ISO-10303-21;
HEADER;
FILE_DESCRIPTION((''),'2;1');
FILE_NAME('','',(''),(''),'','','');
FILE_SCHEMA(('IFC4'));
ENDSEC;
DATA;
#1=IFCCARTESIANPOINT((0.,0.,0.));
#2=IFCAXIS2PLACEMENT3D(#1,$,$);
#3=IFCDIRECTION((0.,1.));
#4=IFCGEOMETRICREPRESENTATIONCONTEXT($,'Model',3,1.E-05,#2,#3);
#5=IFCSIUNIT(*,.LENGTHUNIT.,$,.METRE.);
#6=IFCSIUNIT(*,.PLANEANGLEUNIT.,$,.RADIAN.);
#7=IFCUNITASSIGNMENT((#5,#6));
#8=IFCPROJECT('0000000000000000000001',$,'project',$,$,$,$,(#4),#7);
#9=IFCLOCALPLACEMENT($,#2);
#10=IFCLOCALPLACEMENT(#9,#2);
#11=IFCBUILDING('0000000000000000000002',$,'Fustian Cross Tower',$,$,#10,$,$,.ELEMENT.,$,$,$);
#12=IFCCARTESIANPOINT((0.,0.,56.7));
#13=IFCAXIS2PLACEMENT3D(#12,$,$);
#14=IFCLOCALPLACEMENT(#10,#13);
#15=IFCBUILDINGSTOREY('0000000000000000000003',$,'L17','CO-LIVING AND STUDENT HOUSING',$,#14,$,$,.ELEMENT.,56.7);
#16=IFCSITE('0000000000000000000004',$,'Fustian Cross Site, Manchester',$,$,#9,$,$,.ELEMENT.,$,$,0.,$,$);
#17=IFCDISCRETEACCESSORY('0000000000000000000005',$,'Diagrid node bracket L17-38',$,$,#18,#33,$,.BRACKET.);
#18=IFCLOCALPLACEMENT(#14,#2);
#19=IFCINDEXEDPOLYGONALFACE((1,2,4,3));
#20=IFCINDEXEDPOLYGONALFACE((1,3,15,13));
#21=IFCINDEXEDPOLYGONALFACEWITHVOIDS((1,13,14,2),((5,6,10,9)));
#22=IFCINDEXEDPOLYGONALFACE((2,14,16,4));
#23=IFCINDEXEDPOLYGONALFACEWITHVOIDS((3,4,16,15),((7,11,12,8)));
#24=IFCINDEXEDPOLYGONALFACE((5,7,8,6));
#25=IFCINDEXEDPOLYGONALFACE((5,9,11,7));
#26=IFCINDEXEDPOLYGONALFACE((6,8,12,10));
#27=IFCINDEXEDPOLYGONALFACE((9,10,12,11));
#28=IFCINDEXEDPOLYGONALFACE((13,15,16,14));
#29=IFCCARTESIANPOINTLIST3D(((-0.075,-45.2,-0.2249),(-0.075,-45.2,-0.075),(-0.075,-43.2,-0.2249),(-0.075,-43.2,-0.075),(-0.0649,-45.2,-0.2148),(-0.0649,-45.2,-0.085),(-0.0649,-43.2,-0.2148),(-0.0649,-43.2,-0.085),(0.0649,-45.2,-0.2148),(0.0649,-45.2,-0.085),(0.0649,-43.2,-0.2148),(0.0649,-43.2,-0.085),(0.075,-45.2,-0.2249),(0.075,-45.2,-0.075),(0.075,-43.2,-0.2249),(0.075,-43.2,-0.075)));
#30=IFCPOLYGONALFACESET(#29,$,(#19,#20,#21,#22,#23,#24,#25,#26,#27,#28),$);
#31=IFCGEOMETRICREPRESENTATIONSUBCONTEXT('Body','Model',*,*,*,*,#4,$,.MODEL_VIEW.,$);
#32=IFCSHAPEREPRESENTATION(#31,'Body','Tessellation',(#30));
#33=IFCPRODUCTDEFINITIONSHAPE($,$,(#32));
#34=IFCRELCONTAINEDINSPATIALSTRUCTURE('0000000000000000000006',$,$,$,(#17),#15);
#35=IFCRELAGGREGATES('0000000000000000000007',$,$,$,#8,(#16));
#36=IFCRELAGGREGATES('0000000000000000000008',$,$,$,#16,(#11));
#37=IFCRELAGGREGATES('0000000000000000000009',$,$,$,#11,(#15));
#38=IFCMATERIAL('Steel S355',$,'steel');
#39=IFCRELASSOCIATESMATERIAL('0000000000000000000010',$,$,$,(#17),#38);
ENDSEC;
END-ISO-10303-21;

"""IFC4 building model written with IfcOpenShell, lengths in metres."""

from ifc_helpers import new_model, si_unit, direction, frame, origin, origin_2d, place, context, subcontext, project, spatial, hollow_rectangle, extrude, material, element, save


model = new_model("IFC4")

# Units and contexts
model_context = context("Model", 3, precision=1e-05, world=origin(), true_north=direction((0.0, 1.0)))
body_context = subcontext(model_context, "Body", "Model", "MODEL_VIEW")
ifc_project = project(units=[si_unit("LENGTHUNIT", "METRE"), si_unit("PLANEANGLEUNIT", "RADIAN")], contexts=[model_context])

# Site, building, storey
site_placement = place(None, origin())
site = spatial("IfcSite", under=ifc_project, at=site_placement, Name="Fustian Cross Site, Manchester", CompositionType="ELEMENT", RefElevation=0.0)
building_placement = place(site_placement, origin())
building = spatial("IfcBuilding", under=site, at=building_placement, Name="Fustian Cross Tower", CompositionType="ELEMENT")
storey_placement = place(building_placement, frame((0.0, 0.0, 56.7)))
storey = spatial("IfcBuildingStorey", under=building, at=storey_placement, Name="L17", Description="CO-LIVING AND STUDENT HOUSING", CompositionType="ELEMENT", Elevation=56.7)

# Discrete accessory
ifc_material_1 = material(Name="Steel S355", Category="steel")
discrete_accessory_placement = place(storey_placement, frame((0.0, -45.2, -0.1499), z_axis=(0.0, 1.0, 0.0), x_axis=(-1.0, 0.0, 0.0)))
element("IfcDiscreteAccessory", 1, at=discrete_accessory_placement, inside=storey, material=ifc_material_1, Name="Diagrid node bracket L17-38", PredefinedType="BRACKET", context=body_context, shape_type="SweptSolid", body=[
    extrude(hollow_rectangle(XDim=0.1499, YDim=0.1499, WallThickness=0.01, at=origin_2d()), origin(), (0.0, 0.0, 1.0), 2.0),
])

save(model, "model.ifc")
